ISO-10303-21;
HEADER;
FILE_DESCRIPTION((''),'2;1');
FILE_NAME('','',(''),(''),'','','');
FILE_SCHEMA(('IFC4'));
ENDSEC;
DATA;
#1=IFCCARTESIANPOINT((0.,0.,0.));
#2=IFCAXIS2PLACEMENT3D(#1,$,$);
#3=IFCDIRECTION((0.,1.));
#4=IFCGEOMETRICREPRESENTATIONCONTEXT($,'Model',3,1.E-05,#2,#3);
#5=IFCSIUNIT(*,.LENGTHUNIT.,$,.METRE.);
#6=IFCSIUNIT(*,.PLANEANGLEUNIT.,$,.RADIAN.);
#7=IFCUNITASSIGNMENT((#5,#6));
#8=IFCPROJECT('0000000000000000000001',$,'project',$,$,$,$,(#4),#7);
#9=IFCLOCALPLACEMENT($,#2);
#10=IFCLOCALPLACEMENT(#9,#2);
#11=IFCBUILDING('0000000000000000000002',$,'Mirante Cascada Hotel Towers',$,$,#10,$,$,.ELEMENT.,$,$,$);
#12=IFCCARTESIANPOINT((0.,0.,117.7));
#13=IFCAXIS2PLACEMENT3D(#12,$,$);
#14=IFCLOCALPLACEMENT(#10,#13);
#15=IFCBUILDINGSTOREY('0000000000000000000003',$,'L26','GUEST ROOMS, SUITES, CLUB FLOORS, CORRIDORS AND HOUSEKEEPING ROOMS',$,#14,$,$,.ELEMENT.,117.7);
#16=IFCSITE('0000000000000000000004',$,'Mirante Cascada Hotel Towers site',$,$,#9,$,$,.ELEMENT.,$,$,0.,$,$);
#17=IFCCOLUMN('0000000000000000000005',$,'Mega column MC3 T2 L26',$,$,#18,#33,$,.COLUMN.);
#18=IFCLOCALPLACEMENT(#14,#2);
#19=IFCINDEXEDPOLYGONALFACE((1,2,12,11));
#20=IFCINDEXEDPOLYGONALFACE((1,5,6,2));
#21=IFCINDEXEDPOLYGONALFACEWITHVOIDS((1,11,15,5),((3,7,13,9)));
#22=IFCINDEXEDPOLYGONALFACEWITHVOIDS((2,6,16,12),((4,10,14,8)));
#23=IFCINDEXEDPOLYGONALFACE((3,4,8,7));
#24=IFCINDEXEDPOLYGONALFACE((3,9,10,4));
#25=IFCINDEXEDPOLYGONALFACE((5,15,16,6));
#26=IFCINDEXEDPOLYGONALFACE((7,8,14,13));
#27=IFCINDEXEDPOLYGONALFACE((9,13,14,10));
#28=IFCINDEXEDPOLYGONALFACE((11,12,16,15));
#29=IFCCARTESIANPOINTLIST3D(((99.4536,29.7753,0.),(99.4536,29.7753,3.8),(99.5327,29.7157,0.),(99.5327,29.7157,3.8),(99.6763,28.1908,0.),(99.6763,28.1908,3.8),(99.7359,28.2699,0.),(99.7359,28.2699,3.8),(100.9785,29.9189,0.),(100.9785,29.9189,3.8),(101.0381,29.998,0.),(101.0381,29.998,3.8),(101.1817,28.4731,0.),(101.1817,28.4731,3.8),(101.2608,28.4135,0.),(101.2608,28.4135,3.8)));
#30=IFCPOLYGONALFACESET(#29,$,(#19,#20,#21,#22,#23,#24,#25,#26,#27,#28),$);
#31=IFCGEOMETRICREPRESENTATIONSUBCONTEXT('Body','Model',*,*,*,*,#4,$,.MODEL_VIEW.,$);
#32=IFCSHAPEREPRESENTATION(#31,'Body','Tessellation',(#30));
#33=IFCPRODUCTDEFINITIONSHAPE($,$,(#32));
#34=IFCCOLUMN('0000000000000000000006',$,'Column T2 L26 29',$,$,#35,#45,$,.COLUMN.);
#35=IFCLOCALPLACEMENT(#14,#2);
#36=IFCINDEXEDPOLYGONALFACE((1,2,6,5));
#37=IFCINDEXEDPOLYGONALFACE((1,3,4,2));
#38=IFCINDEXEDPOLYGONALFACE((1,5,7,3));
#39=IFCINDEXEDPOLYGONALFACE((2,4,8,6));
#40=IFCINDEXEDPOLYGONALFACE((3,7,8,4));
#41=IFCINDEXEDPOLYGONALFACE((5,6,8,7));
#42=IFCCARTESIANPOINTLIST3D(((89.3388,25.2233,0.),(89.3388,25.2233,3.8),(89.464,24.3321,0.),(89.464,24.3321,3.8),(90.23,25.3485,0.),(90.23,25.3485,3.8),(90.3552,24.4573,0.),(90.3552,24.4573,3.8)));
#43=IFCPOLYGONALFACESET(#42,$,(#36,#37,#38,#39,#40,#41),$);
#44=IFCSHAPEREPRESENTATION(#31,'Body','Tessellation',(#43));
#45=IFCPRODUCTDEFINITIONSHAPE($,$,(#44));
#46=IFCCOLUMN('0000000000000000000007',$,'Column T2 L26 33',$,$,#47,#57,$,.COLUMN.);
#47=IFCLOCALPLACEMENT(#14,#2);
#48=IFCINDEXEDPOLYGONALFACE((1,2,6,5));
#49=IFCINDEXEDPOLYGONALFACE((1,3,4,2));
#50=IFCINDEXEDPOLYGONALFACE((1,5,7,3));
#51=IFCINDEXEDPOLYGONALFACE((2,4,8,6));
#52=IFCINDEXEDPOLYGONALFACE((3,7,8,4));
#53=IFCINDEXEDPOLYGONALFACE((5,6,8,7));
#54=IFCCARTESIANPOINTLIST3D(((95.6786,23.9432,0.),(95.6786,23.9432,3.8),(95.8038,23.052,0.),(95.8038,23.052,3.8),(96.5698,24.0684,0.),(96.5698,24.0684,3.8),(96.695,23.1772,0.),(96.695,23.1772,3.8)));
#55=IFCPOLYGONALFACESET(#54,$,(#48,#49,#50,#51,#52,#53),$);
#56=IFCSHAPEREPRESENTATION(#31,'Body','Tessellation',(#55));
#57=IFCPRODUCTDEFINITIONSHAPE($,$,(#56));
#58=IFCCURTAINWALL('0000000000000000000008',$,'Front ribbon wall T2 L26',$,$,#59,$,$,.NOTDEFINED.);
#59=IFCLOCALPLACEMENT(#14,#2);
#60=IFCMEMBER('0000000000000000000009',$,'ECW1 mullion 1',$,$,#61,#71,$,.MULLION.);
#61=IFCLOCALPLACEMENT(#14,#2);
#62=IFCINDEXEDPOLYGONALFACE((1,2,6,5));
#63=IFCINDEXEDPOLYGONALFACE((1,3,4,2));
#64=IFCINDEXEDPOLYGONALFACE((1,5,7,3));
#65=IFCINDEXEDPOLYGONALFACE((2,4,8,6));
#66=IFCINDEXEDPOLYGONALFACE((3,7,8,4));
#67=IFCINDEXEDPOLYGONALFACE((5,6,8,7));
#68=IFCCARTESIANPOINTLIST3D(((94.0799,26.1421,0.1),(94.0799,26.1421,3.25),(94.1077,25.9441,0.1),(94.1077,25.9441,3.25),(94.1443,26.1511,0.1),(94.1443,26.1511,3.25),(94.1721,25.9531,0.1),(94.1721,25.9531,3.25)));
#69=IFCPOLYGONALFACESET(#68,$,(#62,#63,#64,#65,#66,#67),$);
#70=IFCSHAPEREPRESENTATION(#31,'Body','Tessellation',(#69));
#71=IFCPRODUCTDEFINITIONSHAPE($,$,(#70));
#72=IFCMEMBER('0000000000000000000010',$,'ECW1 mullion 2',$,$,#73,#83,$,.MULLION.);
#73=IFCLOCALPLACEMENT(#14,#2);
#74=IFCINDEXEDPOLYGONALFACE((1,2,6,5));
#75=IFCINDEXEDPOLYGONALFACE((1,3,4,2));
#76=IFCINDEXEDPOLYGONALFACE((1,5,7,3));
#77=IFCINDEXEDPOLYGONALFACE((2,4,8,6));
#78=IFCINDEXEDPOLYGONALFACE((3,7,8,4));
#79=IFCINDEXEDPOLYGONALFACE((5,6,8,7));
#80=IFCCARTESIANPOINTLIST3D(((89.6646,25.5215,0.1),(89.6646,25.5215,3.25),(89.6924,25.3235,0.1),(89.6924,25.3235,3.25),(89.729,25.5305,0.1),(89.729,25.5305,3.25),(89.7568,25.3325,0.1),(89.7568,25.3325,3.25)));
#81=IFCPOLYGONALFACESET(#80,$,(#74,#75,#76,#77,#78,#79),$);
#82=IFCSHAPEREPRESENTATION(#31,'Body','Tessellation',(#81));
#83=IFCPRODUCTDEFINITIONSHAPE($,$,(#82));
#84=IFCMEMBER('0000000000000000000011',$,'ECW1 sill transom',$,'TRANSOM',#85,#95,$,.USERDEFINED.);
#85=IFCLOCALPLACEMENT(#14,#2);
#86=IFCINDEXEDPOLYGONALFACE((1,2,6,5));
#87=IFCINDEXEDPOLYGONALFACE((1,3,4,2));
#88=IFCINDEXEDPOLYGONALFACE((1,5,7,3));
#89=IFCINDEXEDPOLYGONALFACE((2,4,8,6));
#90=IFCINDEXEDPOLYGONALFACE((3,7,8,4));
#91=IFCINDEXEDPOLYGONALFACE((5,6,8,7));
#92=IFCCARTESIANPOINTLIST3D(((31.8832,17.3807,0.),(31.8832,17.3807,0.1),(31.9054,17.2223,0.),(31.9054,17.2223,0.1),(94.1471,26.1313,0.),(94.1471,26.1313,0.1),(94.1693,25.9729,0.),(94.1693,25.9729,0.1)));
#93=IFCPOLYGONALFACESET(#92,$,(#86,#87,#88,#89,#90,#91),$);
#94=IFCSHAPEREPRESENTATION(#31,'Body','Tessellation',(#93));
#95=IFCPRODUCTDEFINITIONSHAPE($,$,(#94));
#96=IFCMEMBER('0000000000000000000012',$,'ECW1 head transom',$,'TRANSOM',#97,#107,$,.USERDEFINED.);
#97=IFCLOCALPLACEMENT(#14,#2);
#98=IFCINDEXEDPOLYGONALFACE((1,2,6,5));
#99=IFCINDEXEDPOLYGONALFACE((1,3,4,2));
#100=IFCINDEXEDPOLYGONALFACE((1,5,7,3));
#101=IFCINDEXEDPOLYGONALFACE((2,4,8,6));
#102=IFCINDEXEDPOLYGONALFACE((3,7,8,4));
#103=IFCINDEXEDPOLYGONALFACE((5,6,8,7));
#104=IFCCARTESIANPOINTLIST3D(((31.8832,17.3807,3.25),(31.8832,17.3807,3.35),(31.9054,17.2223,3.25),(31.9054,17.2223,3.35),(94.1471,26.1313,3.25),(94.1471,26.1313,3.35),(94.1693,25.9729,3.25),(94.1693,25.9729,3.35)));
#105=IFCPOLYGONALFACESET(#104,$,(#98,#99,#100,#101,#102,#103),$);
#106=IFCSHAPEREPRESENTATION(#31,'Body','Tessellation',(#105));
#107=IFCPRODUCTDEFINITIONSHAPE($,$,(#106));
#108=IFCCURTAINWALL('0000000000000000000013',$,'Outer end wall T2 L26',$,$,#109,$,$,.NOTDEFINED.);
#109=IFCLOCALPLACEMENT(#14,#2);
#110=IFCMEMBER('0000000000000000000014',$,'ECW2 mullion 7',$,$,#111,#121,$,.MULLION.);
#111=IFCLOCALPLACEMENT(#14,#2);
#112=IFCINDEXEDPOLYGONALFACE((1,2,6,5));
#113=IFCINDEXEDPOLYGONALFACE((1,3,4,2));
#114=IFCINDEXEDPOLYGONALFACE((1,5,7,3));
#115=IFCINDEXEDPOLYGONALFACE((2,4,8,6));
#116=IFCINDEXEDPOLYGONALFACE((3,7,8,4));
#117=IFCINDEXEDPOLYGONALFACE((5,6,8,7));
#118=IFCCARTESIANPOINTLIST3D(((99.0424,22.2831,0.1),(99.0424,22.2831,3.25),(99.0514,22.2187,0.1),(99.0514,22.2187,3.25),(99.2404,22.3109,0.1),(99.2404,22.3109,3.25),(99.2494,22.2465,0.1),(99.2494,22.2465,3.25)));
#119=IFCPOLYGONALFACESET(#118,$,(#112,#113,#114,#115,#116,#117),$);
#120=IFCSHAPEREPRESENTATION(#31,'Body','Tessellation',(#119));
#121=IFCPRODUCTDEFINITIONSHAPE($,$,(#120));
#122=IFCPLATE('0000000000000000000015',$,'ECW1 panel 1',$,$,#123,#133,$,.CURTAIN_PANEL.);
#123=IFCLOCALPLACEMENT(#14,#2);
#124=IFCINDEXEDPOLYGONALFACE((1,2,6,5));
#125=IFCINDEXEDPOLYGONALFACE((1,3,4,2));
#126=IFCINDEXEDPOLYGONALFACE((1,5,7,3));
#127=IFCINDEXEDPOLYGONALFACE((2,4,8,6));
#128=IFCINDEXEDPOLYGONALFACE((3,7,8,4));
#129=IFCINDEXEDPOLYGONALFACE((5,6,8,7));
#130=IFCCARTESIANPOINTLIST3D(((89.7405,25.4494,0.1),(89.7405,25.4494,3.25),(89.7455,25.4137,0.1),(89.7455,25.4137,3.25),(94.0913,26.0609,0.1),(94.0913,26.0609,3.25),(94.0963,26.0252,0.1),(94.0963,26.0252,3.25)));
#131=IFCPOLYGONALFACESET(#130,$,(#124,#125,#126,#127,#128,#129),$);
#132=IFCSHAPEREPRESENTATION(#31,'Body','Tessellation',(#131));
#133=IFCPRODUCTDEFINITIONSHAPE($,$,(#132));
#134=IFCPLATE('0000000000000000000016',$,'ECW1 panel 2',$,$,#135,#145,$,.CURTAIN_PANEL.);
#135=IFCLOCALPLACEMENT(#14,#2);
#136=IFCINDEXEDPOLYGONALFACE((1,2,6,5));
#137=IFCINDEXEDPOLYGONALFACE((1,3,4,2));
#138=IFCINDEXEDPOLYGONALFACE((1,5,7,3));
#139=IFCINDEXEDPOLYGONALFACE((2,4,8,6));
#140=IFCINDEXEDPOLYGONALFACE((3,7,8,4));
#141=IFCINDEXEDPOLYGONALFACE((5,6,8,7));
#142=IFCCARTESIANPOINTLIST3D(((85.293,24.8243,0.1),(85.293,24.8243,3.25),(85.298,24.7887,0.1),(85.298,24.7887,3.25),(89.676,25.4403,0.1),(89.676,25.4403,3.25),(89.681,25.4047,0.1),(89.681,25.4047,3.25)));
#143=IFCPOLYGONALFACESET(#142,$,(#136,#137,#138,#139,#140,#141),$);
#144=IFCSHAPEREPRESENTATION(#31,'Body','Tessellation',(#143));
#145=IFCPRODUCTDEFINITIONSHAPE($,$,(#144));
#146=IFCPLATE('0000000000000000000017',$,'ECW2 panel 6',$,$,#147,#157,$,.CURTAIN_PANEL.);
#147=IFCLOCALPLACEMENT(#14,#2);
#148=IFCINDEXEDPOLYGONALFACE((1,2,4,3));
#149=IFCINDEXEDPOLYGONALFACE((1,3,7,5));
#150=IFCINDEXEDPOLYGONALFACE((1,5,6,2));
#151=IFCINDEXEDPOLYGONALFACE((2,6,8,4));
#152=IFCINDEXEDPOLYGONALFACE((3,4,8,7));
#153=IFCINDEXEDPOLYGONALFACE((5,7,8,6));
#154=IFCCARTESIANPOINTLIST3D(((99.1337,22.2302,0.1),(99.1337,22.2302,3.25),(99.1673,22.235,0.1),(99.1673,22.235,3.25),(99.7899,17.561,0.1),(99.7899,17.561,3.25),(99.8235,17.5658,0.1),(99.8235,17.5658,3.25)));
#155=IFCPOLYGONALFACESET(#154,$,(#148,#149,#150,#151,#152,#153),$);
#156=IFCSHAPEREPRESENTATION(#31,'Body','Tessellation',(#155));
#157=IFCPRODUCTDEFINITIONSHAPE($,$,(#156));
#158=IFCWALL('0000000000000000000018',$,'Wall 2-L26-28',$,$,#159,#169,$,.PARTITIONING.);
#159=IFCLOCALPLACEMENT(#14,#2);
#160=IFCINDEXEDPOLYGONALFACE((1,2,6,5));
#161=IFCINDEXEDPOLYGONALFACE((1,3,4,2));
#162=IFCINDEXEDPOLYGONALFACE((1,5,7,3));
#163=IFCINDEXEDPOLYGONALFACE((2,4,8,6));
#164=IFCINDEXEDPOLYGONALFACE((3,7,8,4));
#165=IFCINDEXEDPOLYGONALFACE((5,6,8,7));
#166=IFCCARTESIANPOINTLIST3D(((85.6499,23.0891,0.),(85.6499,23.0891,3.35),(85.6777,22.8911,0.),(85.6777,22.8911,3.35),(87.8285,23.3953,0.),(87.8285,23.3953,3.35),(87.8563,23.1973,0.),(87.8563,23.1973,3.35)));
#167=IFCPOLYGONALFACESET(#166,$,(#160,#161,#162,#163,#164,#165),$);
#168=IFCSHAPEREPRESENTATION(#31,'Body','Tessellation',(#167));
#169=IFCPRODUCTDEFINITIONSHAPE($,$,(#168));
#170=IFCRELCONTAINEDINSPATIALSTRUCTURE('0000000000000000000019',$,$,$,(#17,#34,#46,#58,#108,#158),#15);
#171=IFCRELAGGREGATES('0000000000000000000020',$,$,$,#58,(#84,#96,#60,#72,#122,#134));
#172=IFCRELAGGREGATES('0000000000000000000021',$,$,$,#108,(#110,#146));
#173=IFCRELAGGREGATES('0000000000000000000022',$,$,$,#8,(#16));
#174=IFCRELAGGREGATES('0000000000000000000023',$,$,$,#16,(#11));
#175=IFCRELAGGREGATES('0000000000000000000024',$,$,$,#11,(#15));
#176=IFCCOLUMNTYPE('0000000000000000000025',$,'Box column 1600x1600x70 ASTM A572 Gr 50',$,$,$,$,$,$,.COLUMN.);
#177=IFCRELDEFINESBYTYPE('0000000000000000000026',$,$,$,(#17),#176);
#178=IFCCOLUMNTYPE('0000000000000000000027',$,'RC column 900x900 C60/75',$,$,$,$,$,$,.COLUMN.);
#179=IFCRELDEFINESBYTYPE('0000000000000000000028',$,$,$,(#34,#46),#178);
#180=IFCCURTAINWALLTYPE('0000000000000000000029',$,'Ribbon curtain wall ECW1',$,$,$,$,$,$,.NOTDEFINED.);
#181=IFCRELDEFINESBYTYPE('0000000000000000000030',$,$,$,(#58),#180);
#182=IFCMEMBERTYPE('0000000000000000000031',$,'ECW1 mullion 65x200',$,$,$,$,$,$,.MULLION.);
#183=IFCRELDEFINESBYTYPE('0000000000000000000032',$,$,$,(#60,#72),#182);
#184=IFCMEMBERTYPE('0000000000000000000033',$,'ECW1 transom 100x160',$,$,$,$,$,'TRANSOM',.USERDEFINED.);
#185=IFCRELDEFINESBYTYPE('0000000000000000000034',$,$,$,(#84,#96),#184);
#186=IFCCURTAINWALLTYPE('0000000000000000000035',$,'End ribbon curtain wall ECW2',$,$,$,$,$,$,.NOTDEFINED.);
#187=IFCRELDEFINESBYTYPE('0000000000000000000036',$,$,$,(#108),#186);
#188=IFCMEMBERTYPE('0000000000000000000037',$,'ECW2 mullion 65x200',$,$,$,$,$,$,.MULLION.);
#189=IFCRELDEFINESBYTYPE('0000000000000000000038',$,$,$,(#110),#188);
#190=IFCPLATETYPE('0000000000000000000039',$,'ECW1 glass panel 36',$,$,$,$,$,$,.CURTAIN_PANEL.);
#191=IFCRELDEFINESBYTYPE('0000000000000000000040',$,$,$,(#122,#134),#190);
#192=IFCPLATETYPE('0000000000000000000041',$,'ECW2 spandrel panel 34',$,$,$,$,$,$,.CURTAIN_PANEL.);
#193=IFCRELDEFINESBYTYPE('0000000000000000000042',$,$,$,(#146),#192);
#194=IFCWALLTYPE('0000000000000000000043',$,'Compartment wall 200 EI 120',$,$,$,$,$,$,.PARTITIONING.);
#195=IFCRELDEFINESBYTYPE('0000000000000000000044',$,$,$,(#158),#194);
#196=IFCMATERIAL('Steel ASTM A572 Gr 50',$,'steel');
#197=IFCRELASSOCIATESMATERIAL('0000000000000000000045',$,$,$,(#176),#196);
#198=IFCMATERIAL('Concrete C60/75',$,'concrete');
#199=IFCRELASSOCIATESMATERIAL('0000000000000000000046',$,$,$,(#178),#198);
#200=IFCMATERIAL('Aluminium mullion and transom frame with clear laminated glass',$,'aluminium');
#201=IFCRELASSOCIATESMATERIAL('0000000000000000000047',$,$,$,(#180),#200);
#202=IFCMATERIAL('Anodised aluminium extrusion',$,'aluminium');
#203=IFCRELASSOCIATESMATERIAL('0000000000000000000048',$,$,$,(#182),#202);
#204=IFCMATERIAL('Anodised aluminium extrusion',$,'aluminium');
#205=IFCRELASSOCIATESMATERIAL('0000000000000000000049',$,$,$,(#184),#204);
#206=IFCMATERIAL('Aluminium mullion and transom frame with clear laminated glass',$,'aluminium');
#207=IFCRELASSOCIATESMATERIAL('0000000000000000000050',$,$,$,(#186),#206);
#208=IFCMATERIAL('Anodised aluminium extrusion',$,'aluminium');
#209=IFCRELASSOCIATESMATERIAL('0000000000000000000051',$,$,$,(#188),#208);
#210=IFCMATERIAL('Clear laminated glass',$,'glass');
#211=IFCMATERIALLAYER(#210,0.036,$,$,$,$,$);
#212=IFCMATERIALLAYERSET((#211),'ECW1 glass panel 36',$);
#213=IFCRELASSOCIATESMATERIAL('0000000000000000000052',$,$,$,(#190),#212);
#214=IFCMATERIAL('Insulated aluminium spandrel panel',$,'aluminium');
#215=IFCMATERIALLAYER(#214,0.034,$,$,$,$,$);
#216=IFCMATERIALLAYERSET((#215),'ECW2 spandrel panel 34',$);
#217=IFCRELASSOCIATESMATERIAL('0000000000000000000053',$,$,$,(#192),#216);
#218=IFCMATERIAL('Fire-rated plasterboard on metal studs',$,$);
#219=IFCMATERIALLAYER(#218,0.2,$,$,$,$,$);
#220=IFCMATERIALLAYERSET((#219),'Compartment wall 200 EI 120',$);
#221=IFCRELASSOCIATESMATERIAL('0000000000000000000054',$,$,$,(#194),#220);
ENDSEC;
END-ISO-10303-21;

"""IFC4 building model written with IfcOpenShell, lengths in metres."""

from ifc_helpers import new_model, si_unit, direction, frame, frame_2d, origin, origin_2d, place, context, subcontext, project, spatial, rectangle, hollow_rectangle, extrude, material, layer, layer_set, material_profile, profile_set, type_object, element, aggregate, save


model = new_model("IFC4")

# Units and contexts
model_context = context("Model", 3, precision=1e-05, world=origin(), true_north=direction((0.0, 1.0)))
body_context = subcontext(model_context, "Body", "Model", "MODEL_VIEW")
ifc_project = project(units=[si_unit("LENGTHUNIT", "METRE"), si_unit("PLANEANGLEUNIT", "RADIAN")], contexts=[model_context])

# Site, building, storey
site_placement = place(None, origin())
site = spatial("IfcSite", under=ifc_project, at=site_placement, Name="Mirante Cascada Hotel Towers site", CompositionType="ELEMENT", RefElevation=0.0)
building_placement = place(site_placement, origin())
building = spatial("IfcBuilding", under=site, at=building_placement, Name="Mirante Cascada Hotel Towers", CompositionType="ELEMENT")
storey_placement = place(building_placement, frame((0.0, 0.0, 117.7)))
storey = spatial("IfcBuildingStorey", under=building, at=storey_placement, Name="L26", Description="GUEST ROOMS, SUITES, CLUB FLOORS, CORRIDORS AND HOUSEKEEPING ROOMS", CompositionType="ELEMENT", Elevation=117.7)

# Columns
ifc_material_1 = material(Name="Steel ASTM A572 Gr 50", Category="steel")
ifc_material_profile_1 = material_profile(ifc_material_1, hollow_rectangle(XDim=1.6, YDim=1.6, WallThickness=0.07, at=origin_2d()), Name="Box column 1600x1600x70 ASTM A572 Gr 50")
ifc_profile_set_1 = profile_set([ifc_material_profile_1], Name="Steel ASTM A572 Gr 50")
column_type_1 = type_object("IfcColumnType", Name="Box column 1600x1600x70 ASTM A572 Gr 50", PredefinedType="COLUMN", material=ifc_profile_set_1)
column_placement = place(storey_placement, frame((100.3572, 29.0944, 0.0), z_axis=(0.0, 0.0, 1.0), x_axis=(0.990268, 0.139173, 0.0)))
element("IfcColumn", 1, at=column_placement, inside=storey, type_object=column_type_1, Name="Mega column MC3 T2 L26", PredefinedType="COLUMN", context=body_context, shape_type="SweptSolid", body=[
    extrude(hollow_rectangle(XDim=1.6, YDim=1.6, WallThickness=0.07, at=origin_2d()), origin(), (0.0, 0.0, 1.0), 3.8),
])
ifc_material_2 = material(Name="Concrete C60/75", Category="concrete")
ifc_material_profile_2 = material_profile(ifc_material_2, rectangle(XDim=0.9, YDim=0.9, at=origin_2d()), Name="RC column 900x900 C60/75")
ifc_profile_set_2 = profile_set([ifc_material_profile_2], Name="Concrete C60/75")
column_type_2 = type_object("IfcColumnType", Name="RC column 900x900 C60/75", PredefinedType="COLUMN", material=ifc_profile_set_2)
for number, where, z_axis, x_axis, name in (
    (2, (89.847, 24.8403, 0.0), (0.0, 0.0, 1.0), (0.990268, 0.139173, 0.0), "Column T2 L26 29"),
    (3, (96.1868, 23.5602, 0.0), (0.0, 0.0, 1.0), (0.990268, 0.139173, 0.0), "Column T2 L26 33"),
):
    element("IfcColumn", number, at=place(storey_placement, frame(where, z_axis=z_axis, x_axis=x_axis)), inside=storey, type_object=column_type_2, Name=name, PredefinedType="COLUMN", context=body_context, shape_type="SweptSolid", body=[
        extrude(rectangle(XDim=0.9, YDim=0.9, at=origin_2d()), origin(), (0.0, 0.0, 1.0), 3.8),
    ])

# Curtain wall, members
ifc_material_3 = material(Name="Aluminium mullion and transom frame with clear laminated glass", Category="aluminium")
curtain_wall_type_1 = type_object("IfcCurtainWallType", Name="Ribbon curtain wall ECW1", PredefinedType="NOTDEFINED", material=ifc_material_3)
curtain_wall_1_placement = place(storey_placement, origin())
curtain_wall_1 = element("IfcCurtainWall", 4, at=curtain_wall_1_placement, inside=storey, type_object=curtain_wall_type_1, Name="Front ribbon wall T2 L26", PredefinedType="NOTDEFINED")
ifc_material_4 = material(Name="Anodised aluminium extrusion", Category="aluminium")
ifc_material_profile_3 = material_profile(ifc_material_4, rectangle(XDim=0.2, YDim=0.065, at=origin_2d()), Name="ECW1 MULLION 65x200")
ifc_profile_set_3 = profile_set([ifc_material_profile_3], Name="Anodised aluminium extrusion")
member_type_1 = type_object("IfcMemberType", Name="ECW1 mullion 65x200", PredefinedType="MULLION", material=ifc_profile_set_3)
member_1_placement = place(storey_placement, frame((94.126, 26.0476, 0.1), z_axis=(0.0, 0.0, 1.0), x_axis=(0.139173, -0.990268, 0.0)))
member_1 = element("IfcMember", 5, at=member_1_placement, type_object=member_type_1, Name="ECW1 mullion 1", PredefinedType="MULLION", context=body_context, shape_type="SweptSolid", body=[
    extrude(rectangle(XDim=0.2, YDim=0.065, at=origin_2d()), origin(), (0.0, 0.0, 1.0), 3.15),
])
member_2_placement = place(storey_placement, frame((89.7107, 25.427, 0.1), z_axis=(0.0, 0.0, 1.0), x_axis=(0.139173, -0.990268, 0.0)))
member_2 = element("IfcMember", 6, at=member_2_placement, type_object=member_type_1, Name="ECW1 mullion 2", PredefinedType="MULLION", context=body_context, shape_type="SweptSolid", body=[
    extrude(rectangle(XDim=0.2, YDim=0.065, at=origin_2d()), origin(), (0.0, 0.0, 1.0), 3.15),
])
ifc_material_5 = material(Name="Anodised aluminium extrusion", Category="aluminium")
ifc_material_profile_4 = material_profile(ifc_material_5, rectangle(XDim=0.16, YDim=0.1, at=origin_2d()), Name="ECW1 TRANSOM 100x160")
ifc_profile_set_4 = profile_set([ifc_material_profile_4], Name="Anodised aluminium extrusion")
member_type_2 = type_object("IfcMemberType", Name="ECW1 transom 100x160", ElementType="TRANSOM", PredefinedType="USERDEFINED", material=ifc_profile_set_4)
member_3_placement = place(storey_placement, frame((94.1582, 26.0521, 0.05), z_axis=(-0.990268, -0.139173, 0.0), x_axis=(0.139173, -0.990268, 0.0)))
member_3 = element("IfcMember", 7, at=member_3_placement, type_object=member_type_2, Name="ECW1 sill transom", ObjectType="TRANSOM", PredefinedType="USERDEFINED", context=body_context, shape_type="SweptSolid", body=[
    extrude(rectangle(XDim=0.16, YDim=0.1, at=origin_2d()), origin(), (0.0, 0.0, 1.0), 62.8758),
])
member_4_placement = place(storey_placement, frame((94.1582, 26.0521, 3.3), z_axis=(-0.990268, -0.139173, 0.0), x_axis=(0.139173, -0.990268, 0.0)))
member_4 = element("IfcMember", 8, at=member_4_placement, type_object=member_type_2, Name="ECW1 head transom", ObjectType="TRANSOM", PredefinedType="USERDEFINED", context=body_context, shape_type="SweptSolid", body=[
    extrude(rectangle(XDim=0.16, YDim=0.1, at=origin_2d()), origin(), (0.0, 0.0, 1.0), 62.8758),
])

# Curtain wall, member
ifc_material_6 = material(Name="Aluminium mullion and transom frame with clear laminated glass", Category="aluminium")
curtain_wall_type_2 = type_object("IfcCurtainWallType", Name="End ribbon curtain wall ECW2", PredefinedType="NOTDEFINED", material=ifc_material_6)
curtain_wall_2_placement = place(storey_placement, origin())
curtain_wall_2 = element("IfcCurtainWall", 9, at=curtain_wall_2_placement, inside=storey, type_object=curtain_wall_type_2, Name="Outer end wall T2 L26", PredefinedType="NOTDEFINED")
ifc_material_7 = material(Name="Anodised aluminium extrusion", Category="aluminium")
ifc_material_profile_5 = material_profile(ifc_material_7, rectangle(XDim=0.2, YDim=0.065, at=origin_2d()), Name="ECW2 MULLION 65x200")
ifc_profile_set_5 = profile_set([ifc_material_profile_5], Name="Anodised aluminium extrusion")
member_type_3 = type_object("IfcMemberType", Name="ECW2 mullion 65x200", PredefinedType="MULLION", material=ifc_profile_set_5)
member_5_placement = place(storey_placement, frame((99.1459, 22.2648, 0.1), z_axis=(0.0, 0.0, 1.0), x_axis=(-0.990268, -0.139173, 0.0)))
member_5 = element("IfcMember", 10, at=member_5_placement, type_object=member_type_3, Name="ECW2 mullion 7", PredefinedType="MULLION", context=body_context, shape_type="SweptSolid", body=[
    extrude(rectangle(XDim=0.2, YDim=0.065, at=origin_2d()), origin(), (0.0, 0.0, 1.0), 3.15),
])

# Plates
ifc_material_8 = material(Name="Clear laminated glass", Category="glass")
ifc_layer_1 = layer(ifc_material_8, 0.036)
ifc_layer_set_1 = layer_set([ifc_layer_1], Name="ECW1 glass panel 36")
plate_type_1 = type_object("IfcPlateType", Name="ECW1 glass panel 36", PredefinedType="CURTAIN_PANEL", material=ifc_layer_set_1)
plate_1_placement = place(storey_placement, frame((91.9184, 25.7373, 0.1), z_axis=(0.0, 0.0, 1.0), x_axis=(-0.990268, -0.139173, 0.0)))
plate_1 = element("IfcPlate", 11, at=plate_1_placement, type_object=plate_type_1, Name="ECW1 panel 1", PredefinedType="CURTAIN_PANEL", context=body_context, shape_type="SweptSolid", body=[
    extrude(rectangle(XDim=4.3936, YDim=0.036, at=origin_2d()), origin(), (0.0, 0.0, 1.0), 3.15),
])
plate_2_placement = place(storey_placement, frame((87.487, 25.1145, 0.1), z_axis=(0.0, 0.0, 1.0), x_axis=(-0.990268, -0.139173, 0.0)))
plate_2 = element("IfcPlate", 12, at=plate_2_placement, type_object=plate_type_1, Name="ECW1 panel 2", PredefinedType="CURTAIN_PANEL", context=body_context, shape_type="SweptSolid", body=[
    extrude(rectangle(XDim=4.4261, YDim=0.036, at=origin_2d()), origin(), (0.0, 0.0, 1.0), 3.15),
])
aggregate(curtain_wall_1, [member_3, member_4, member_1, member_2, plate_1, plate_2])
ifc_material_9 = material(Name="Insulated aluminium spandrel panel", Category="aluminium")
ifc_layer_2 = layer(ifc_material_9, 0.034)
ifc_layer_set_2 = layer_set([ifc_layer_2], Name="ECW2 spandrel panel 34")
plate_type_2 = type_object("IfcPlateType", Name="ECW2 spandrel panel 34", PredefinedType="CURTAIN_PANEL", material=ifc_layer_set_2)
plate_3_placement = place(storey_placement, frame((99.4786, 19.898, 0.1), z_axis=(0.0, 0.0, 1.0), x_axis=(-0.139173, 0.990268, 0.0)))
plate_3 = element("IfcPlate", 13, at=plate_3_placement, type_object=plate_type_2, Name="ECW2 panel 6", PredefinedType="CURTAIN_PANEL", context=body_context, shape_type="SweptSolid", body=[
    extrude(rectangle(XDim=4.7151, YDim=0.034, at=origin_2d()), origin(), (0.0, 0.0, 1.0), 3.15),
])
aggregate(curtain_wall_2, [member_5, plate_3])

# Wall
ifc_material_10 = material(Name="Fire-rated plasterboard on metal studs")
ifc_layer_3 = layer(ifc_material_10, 0.2)
ifc_layer_set_3 = layer_set([ifc_layer_3], Name="Compartment wall 200 EI 120")
wall_type_1 = type_object("IfcWallType", Name="Compartment wall 200 EI 120", PredefinedType="PARTITIONING", material=ifc_layer_set_3)
wall_1_placement = place(storey_placement, frame((87.8424, 23.2963, 0.0), z_axis=(0.0, 0.0, 1.0), x_axis=(-0.990267, -0.139181, 0.0)))
element("IfcWall", 14, at=wall_1_placement, inside=storey, type_object=wall_type_1, Name="Wall 2-L26-28", PredefinedType="PARTITIONING", context=body_context, shape_type="SweptSolid", body=[
    extrude(rectangle(XDim=2.2, YDim=0.2, at=frame_2d((1.1, 0.0))), origin(), (0.0, 0.0, 1.0), 3.35),
])

save(model, "model.ifc")
